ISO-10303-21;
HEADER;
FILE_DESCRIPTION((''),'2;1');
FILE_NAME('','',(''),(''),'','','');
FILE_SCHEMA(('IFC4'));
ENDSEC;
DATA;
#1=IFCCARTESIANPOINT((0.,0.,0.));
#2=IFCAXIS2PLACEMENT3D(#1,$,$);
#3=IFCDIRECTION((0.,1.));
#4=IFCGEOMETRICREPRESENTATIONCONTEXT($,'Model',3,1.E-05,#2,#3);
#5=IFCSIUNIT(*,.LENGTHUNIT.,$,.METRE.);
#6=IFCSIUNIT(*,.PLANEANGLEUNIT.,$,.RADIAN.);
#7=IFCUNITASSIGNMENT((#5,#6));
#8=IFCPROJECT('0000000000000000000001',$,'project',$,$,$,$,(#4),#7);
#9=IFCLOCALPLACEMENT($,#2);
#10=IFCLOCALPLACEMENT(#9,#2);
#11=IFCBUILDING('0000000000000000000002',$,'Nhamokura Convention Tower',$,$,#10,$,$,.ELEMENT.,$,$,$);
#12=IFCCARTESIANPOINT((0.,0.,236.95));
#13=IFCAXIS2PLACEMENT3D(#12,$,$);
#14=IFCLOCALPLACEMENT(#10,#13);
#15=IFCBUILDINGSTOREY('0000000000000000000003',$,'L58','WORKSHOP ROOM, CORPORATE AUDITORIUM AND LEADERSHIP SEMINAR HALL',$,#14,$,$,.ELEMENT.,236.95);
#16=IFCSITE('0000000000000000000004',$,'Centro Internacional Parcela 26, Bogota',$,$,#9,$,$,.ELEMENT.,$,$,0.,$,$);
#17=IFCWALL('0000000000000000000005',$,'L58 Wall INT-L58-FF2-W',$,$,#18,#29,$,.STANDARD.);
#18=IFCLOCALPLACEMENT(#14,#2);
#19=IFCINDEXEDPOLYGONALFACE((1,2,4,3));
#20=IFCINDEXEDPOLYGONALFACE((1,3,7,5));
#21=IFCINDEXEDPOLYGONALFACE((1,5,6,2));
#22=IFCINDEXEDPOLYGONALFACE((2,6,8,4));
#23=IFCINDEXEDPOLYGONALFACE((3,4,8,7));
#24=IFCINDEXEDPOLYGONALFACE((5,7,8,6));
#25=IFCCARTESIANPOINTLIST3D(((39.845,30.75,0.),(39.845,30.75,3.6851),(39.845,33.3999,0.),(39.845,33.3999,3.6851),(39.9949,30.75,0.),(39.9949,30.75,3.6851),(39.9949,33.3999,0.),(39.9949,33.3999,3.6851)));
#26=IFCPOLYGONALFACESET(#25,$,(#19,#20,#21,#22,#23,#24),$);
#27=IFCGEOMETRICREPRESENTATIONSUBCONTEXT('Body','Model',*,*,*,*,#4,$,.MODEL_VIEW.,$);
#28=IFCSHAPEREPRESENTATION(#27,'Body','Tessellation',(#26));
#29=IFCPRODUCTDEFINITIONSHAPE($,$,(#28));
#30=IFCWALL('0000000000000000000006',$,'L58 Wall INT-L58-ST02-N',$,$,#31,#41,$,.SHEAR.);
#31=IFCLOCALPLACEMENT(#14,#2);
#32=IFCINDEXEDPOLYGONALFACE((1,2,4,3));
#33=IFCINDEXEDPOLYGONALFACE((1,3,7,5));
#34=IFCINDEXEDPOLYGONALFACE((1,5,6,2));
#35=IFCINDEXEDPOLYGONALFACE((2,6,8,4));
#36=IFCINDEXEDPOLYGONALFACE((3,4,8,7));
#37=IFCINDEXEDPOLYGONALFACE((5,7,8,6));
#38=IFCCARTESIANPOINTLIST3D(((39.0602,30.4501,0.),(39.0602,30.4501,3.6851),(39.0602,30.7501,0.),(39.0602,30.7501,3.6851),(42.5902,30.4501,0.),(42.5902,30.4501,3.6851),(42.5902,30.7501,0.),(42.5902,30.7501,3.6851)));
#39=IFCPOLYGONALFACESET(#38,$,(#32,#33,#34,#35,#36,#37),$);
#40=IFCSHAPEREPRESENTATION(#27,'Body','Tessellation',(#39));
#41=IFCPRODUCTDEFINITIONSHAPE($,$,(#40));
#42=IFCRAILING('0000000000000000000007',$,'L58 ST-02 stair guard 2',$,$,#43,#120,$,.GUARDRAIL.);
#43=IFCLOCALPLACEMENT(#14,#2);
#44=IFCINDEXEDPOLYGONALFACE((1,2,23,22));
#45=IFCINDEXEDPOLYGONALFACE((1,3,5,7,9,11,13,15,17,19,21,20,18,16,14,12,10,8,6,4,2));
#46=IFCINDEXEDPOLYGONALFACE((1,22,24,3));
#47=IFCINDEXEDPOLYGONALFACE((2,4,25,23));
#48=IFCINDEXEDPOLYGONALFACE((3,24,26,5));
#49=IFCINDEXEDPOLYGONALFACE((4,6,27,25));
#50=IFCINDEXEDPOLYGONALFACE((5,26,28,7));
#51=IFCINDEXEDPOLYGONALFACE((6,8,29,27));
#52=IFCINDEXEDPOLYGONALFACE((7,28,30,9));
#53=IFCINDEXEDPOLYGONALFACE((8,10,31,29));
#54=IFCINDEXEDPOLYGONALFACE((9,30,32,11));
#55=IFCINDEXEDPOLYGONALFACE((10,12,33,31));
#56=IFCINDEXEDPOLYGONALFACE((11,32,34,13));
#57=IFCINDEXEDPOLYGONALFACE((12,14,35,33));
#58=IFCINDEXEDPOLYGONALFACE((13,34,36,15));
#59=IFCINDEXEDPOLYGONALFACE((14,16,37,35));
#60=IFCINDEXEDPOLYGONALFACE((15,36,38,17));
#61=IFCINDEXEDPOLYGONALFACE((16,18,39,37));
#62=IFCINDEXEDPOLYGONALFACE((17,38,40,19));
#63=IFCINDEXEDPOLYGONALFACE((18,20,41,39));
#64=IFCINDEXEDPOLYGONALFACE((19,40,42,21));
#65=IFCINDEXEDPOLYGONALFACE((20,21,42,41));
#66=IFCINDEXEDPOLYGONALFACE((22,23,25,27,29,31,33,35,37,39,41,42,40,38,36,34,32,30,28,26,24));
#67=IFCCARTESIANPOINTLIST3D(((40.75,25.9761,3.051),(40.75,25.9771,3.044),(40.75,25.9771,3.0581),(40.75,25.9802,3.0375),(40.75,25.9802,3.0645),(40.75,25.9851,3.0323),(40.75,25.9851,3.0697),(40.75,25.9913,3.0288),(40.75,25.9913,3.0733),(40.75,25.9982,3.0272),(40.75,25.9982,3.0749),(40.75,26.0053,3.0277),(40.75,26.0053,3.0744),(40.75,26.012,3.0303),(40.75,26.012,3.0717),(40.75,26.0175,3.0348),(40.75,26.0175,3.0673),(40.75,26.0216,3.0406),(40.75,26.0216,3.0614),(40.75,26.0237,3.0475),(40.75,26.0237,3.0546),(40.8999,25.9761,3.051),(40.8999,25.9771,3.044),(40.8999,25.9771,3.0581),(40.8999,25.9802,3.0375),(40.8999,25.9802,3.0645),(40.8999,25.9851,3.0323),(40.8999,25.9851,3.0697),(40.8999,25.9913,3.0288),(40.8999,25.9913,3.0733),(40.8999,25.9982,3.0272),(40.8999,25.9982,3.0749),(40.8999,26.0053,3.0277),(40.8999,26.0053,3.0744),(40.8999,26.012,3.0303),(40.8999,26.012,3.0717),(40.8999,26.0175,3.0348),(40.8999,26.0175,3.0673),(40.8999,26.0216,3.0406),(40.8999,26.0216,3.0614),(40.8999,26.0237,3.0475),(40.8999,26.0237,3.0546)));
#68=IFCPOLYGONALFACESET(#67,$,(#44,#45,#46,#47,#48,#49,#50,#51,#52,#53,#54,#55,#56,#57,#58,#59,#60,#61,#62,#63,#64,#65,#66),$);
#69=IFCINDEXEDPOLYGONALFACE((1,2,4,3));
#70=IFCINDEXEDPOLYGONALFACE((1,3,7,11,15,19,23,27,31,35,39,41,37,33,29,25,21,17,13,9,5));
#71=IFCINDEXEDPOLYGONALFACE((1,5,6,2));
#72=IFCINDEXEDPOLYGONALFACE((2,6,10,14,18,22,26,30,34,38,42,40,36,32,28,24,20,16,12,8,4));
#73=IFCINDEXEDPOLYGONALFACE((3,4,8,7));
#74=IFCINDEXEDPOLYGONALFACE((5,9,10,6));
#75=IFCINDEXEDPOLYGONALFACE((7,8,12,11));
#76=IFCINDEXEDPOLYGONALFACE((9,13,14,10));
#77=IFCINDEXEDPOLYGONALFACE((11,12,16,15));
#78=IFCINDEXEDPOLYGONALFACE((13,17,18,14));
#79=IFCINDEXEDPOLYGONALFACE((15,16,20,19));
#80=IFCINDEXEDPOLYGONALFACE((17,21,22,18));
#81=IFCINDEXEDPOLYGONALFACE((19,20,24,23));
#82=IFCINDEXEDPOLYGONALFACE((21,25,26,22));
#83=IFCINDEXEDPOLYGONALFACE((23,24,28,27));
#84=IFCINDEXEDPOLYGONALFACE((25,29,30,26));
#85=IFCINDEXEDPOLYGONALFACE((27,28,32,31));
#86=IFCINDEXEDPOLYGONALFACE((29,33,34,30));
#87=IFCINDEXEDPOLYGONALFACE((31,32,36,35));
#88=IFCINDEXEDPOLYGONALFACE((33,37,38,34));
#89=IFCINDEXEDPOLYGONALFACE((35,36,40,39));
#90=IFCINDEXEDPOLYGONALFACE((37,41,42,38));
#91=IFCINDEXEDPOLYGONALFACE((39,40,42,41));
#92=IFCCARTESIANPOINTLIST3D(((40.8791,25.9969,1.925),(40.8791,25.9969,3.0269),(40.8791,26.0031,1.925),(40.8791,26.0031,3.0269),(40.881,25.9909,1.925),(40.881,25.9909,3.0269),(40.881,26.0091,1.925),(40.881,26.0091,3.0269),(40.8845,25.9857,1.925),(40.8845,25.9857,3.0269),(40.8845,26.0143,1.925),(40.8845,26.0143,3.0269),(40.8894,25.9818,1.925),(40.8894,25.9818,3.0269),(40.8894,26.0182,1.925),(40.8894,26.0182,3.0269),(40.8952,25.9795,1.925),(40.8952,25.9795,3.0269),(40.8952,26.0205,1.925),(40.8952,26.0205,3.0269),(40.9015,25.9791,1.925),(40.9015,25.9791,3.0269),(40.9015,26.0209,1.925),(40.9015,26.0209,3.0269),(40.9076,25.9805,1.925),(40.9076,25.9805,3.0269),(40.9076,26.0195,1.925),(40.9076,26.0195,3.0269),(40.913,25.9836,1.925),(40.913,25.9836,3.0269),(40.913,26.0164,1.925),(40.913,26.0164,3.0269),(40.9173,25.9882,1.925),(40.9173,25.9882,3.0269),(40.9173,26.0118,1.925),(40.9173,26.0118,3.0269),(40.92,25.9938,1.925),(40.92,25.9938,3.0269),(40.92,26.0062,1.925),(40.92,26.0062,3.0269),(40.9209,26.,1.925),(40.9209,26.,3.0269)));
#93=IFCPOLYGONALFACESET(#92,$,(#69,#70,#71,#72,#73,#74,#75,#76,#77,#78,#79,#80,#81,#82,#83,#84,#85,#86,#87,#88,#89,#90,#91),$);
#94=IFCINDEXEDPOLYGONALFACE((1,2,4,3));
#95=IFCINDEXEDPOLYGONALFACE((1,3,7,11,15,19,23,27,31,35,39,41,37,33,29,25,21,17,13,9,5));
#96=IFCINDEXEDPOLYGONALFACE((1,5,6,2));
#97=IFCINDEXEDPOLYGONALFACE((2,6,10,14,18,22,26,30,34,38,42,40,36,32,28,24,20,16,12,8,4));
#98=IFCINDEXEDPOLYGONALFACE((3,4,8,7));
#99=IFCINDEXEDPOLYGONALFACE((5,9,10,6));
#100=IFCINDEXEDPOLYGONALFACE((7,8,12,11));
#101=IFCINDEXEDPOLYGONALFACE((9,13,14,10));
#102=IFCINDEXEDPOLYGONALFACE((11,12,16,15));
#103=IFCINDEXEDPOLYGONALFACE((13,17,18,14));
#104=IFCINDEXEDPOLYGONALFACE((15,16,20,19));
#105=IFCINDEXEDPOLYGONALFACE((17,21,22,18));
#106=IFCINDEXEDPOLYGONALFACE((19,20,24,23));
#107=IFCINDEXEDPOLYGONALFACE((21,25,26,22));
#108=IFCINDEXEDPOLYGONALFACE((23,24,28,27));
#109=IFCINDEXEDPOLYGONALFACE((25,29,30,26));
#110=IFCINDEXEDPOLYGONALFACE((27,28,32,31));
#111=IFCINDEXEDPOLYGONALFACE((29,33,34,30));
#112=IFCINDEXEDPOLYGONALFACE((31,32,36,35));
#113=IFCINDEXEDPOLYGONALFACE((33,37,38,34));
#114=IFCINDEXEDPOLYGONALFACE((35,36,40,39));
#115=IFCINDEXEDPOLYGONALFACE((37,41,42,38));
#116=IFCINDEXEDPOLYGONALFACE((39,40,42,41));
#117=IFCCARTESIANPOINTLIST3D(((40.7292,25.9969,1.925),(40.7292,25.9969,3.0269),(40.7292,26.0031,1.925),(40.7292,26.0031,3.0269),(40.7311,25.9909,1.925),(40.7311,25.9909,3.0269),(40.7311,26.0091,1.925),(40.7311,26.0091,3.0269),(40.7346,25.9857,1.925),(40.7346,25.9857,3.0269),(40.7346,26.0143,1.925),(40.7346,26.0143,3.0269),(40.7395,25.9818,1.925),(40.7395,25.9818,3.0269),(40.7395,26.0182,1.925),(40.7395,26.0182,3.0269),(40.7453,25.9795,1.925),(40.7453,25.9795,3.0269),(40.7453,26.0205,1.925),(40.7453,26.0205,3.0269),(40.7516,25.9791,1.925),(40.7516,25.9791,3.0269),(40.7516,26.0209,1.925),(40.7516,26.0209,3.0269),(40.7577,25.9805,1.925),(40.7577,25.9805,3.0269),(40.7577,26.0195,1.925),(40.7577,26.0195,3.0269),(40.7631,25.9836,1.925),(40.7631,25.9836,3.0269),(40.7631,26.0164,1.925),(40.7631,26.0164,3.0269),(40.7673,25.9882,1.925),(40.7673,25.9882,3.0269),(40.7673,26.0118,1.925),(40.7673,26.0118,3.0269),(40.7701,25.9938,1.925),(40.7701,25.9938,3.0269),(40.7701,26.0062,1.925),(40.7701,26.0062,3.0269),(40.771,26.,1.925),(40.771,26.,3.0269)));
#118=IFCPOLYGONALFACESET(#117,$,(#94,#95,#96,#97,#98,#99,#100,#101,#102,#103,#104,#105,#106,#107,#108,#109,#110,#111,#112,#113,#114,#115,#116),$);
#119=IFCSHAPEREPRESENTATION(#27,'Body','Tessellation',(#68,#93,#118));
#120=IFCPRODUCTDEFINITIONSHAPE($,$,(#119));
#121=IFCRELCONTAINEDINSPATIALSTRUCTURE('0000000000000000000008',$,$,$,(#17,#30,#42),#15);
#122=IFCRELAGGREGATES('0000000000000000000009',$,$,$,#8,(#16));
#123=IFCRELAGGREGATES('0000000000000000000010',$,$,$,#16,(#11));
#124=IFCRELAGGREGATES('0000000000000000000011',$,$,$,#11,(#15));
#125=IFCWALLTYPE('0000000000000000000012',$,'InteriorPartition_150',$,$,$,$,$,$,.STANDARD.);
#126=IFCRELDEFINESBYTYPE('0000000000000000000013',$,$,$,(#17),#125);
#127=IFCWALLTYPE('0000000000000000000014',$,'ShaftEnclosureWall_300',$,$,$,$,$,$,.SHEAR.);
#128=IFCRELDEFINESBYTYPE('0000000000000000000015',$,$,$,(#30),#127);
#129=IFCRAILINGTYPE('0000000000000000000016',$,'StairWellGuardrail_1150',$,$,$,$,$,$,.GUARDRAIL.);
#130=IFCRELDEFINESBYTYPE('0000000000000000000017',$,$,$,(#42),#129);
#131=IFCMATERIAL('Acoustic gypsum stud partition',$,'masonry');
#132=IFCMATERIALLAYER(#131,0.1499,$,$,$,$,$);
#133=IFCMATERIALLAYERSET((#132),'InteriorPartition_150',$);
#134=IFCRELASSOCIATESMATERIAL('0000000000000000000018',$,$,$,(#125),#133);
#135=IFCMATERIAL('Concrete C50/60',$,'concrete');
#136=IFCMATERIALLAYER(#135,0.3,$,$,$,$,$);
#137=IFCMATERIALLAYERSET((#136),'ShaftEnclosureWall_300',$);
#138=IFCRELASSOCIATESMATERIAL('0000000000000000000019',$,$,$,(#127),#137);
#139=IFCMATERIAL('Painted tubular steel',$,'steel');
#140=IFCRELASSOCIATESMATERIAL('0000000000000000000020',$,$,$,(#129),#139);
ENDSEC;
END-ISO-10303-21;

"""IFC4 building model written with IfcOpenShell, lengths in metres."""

from ifc_helpers import new_model, si_unit, direction, frame, frame_2d, origin, origin_2d, place, context, subcontext, project, spatial, rectangle, circle, extrude, material, layer, layer_set, type_object, element, save


model = new_model("IFC4")

# Units and contexts
model_context = context("Model", 3, precision=1e-05, world=origin(), true_north=direction((0.0, 1.0)))
body_context = subcontext(model_context, "Body", "Model", "MODEL_VIEW")
ifc_project = project(units=[si_unit("LENGTHUNIT", "METRE"), si_unit("PLANEANGLEUNIT", "RADIAN")], contexts=[model_context])

# Site, building, storey
site_placement = place(None, origin())
site = spatial("IfcSite", under=ifc_project, at=site_placement, Name="Centro Internacional Parcela 26, Bogota", CompositionType="ELEMENT", RefElevation=0.0)
building_placement = place(site_placement, origin())
building = spatial("IfcBuilding", under=site, at=building_placement, Name="Nhamokura Convention Tower", CompositionType="ELEMENT")
storey_placement = place(building_placement, frame((0.0, 0.0, 236.95)))
storey = spatial("IfcBuildingStorey", under=building, at=storey_placement, Name="L58", Description="WORKSHOP ROOM, CORPORATE AUDITORIUM AND LEADERSHIP SEMINAR HALL", CompositionType="ELEMENT", Elevation=236.95)

# Walls
ifc_material_1 = material(Name="Acoustic gypsum stud partition", Category="masonry")
ifc_layer_1 = layer(ifc_material_1, 0.1499)
ifc_layer_set_1 = layer_set([ifc_layer_1], Name="InteriorPartition_150")
wall_type_1 = type_object("IfcWallType", Name="InteriorPartition_150", PredefinedType="STANDARD", material=ifc_layer_set_1)
wall_1_placement = place(storey_placement, frame((39.9199, 30.75, 0.0), z_axis=(0.0, 0.0, 1.0), x_axis=(0.0, 1.0, 0.0)))
element("IfcWall", 1, at=wall_1_placement, inside=storey, type_object=wall_type_1, Name="L58 Wall INT-L58-FF2-W", PredefinedType="STANDARD", context=body_context, shape_type="SweptSolid", body=[
    extrude(rectangle(XDim=2.6499, YDim=0.1499, at=frame_2d((1.325, 0.0))), origin(), (0.0, 0.0, 1.0), 3.6851),
])
ifc_material_2 = material(Name="Concrete C50/60", Category="concrete")
ifc_layer_2 = layer(ifc_material_2, 0.3)
ifc_layer_set_2 = layer_set([ifc_layer_2], Name="ShaftEnclosureWall_300")
wall_type_2 = type_object("IfcWallType", Name="ShaftEnclosureWall_300", PredefinedType="SHEAR", material=ifc_layer_set_2)
wall_2_placement = place(storey_placement, frame((39.0601, 30.6001, 0.0), z_axis=(0.0, 0.0, 1.0), x_axis=(1.0, 0.0, 0.0)))
element("IfcWall", 2, at=wall_2_placement, inside=storey, type_object=wall_type_2, Name="L58 Wall INT-L58-ST02-N", PredefinedType="SHEAR", context=body_context, shape_type="SweptSolid", body=[
    extrude(rectangle(XDim=3.53, YDim=0.3, at=frame_2d((1.7651, 0.0))), origin(), (0.0, 0.0, 1.0), 3.6851),
])

# Railing
ifc_material_3 = material(Name="Painted tubular steel", Category="steel")
railing_type_1 = type_object("IfcRailingType", Name="StairWellGuardrail_1150", PredefinedType="GUARDRAIL", material=ifc_material_3)
railing_1_placement = place(storey_placement, frame((40.8999, 26.0, 1.925)))
element("IfcRailing", 3, at=railing_1_placement, inside=storey, type_object=railing_type_1, Name="L58 ST-02 stair guard 2", PredefinedType="GUARDRAIL", context=body_context, shape_type="SweptSolid", body=[
    extrude(circle(Radius=0.0239, at=origin_2d()), frame((0.0, 0.0, 1.126), z_axis=(-1.0, 0.0, 0.0), x_axis=(0.0, -1.0, 0.0)), (0.0, 0.0, 1.0), 0.1499),
    extrude(circle(Radius=0.021, at=origin_2d()), origin(), (0.0, 0.0, 1.0), 1.1018),
    extrude(circle(Radius=0.021, at=origin_2d()), frame((-0.1499, 0.0, 0.0)), (0.0, 0.0, 1.0), 1.1018),
])

save(model, "model.ifc")
